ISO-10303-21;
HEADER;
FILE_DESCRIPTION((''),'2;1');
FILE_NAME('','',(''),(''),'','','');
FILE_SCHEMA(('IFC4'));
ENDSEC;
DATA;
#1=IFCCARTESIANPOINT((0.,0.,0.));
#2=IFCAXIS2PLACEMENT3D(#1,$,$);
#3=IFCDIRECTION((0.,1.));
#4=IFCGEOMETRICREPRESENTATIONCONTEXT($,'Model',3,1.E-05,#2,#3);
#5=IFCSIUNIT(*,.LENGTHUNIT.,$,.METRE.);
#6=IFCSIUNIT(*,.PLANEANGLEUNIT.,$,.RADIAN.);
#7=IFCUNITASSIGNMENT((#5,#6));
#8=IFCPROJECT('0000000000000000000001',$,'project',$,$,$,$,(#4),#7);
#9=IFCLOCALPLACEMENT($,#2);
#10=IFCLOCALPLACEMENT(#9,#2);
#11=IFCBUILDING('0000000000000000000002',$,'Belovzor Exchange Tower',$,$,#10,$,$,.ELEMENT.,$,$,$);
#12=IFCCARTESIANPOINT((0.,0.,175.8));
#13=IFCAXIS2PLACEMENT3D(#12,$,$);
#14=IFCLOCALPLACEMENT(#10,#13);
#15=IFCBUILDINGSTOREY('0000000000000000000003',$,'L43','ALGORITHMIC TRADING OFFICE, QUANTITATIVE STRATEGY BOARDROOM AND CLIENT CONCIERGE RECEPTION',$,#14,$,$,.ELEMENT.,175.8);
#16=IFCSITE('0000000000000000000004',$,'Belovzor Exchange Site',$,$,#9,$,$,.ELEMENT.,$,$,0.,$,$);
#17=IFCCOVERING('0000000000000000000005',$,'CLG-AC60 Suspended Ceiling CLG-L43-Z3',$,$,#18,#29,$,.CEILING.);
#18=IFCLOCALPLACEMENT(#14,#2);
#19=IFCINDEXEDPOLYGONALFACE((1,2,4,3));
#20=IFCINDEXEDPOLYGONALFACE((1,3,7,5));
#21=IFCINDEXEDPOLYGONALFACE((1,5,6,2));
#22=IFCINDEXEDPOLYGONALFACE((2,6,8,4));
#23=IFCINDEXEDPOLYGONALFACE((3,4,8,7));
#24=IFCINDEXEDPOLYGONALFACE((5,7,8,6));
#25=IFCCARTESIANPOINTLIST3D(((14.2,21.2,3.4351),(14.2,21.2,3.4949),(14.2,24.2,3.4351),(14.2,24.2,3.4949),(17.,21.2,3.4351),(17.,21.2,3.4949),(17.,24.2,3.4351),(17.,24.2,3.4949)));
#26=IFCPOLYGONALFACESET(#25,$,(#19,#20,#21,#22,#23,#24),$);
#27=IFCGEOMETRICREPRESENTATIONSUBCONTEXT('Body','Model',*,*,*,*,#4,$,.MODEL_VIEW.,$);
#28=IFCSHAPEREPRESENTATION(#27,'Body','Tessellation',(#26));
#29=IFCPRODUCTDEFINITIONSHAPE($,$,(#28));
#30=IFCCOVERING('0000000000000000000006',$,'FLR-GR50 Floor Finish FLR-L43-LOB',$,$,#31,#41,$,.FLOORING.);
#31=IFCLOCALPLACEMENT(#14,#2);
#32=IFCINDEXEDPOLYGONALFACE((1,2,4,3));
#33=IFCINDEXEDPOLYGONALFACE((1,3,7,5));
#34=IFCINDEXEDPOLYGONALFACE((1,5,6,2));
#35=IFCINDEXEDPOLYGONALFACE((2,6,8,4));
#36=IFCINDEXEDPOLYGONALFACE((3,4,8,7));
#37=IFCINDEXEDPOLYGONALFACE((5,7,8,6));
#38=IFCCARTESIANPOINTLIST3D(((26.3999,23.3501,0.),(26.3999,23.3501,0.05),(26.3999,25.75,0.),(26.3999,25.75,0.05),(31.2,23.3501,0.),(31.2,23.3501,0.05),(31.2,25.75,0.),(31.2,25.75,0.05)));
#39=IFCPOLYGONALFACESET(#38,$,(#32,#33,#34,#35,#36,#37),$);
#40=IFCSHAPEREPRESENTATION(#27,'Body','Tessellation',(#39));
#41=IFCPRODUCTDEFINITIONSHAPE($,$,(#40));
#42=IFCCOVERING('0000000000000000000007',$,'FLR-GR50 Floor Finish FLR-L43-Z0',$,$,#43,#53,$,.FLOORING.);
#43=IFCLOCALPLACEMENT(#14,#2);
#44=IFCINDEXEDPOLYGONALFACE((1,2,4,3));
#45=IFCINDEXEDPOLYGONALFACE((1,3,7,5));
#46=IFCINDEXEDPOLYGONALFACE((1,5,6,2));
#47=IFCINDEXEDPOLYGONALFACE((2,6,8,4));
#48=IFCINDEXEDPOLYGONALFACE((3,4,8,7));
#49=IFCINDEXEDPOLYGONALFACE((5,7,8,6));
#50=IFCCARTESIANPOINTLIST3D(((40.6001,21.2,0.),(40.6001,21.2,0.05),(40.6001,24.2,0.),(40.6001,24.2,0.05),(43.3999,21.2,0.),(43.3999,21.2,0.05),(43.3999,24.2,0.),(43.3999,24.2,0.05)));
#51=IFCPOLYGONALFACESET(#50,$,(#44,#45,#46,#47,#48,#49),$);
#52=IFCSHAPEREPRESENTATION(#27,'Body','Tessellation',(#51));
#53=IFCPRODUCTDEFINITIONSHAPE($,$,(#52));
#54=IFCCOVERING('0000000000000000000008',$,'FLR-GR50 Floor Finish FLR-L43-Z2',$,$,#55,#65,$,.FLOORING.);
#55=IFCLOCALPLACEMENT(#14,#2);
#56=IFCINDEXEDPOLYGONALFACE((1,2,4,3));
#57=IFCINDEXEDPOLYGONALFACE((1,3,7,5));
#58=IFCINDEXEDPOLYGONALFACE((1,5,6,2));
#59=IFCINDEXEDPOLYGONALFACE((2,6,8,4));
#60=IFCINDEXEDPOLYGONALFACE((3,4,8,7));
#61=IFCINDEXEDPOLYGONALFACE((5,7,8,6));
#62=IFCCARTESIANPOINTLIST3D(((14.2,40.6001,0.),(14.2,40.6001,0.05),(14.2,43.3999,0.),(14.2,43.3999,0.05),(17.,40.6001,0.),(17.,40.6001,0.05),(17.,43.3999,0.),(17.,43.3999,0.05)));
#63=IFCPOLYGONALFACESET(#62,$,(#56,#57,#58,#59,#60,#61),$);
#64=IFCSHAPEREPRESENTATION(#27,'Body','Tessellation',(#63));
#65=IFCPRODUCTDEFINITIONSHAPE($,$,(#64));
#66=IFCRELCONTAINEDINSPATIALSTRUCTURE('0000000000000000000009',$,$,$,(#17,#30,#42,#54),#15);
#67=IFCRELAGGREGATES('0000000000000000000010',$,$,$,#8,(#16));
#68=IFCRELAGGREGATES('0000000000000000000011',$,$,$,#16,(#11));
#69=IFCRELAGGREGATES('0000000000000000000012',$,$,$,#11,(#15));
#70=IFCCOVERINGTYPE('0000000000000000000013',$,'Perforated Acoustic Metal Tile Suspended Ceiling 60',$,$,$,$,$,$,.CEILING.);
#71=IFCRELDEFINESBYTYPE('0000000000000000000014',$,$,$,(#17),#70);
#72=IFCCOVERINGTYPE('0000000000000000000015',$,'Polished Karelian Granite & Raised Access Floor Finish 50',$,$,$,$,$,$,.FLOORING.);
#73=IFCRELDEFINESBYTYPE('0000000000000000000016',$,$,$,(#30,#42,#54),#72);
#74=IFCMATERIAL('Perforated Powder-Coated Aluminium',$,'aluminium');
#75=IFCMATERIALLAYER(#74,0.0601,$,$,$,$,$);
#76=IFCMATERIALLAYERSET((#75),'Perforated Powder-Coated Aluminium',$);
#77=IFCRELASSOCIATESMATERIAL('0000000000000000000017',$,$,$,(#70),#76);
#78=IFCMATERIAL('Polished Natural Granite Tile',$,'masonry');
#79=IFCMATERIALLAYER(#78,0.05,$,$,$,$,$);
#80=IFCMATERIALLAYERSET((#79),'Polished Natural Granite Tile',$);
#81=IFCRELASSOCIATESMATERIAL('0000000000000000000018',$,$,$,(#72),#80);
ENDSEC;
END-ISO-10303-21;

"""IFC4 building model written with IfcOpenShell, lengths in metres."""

from ifc_helpers import new_model, si_unit, direction, frame, origin, place, context, subcontext, project, spatial, polyline, outline, extrude, material, layer, layer_set, type_object, element, save


model = new_model("IFC4")

# Units and contexts
model_context = context("Model", 3, precision=1e-05, world=origin(), true_north=direction((0.0, 1.0)))
body_context = subcontext(model_context, "Body", "Model", "MODEL_VIEW")
ifc_project = project(units=[si_unit("LENGTHUNIT", "METRE"), si_unit("PLANEANGLEUNIT", "RADIAN")], contexts=[model_context])

# Site, building, storey
site_placement = place(None, origin())
site = spatial("IfcSite", under=ifc_project, at=site_placement, Name="Belovzor Exchange Site", CompositionType="ELEMENT", RefElevation=0.0)
building_placement = place(site_placement, origin())
building = spatial("IfcBuilding", under=site, at=building_placement, Name="Belovzor Exchange Tower", CompositionType="ELEMENT")
storey_placement = place(building_placement, frame((0.0, 0.0, 175.8)))
storey = spatial("IfcBuildingStorey", under=building, at=storey_placement, Name="L43", Description="ALGORITHMIC TRADING OFFICE, QUANTITATIVE STRATEGY BOARDROOM AND CLIENT CONCIERGE RECEPTION", CompositionType="ELEMENT", Elevation=175.8)

# Coverings
ifc_material_1 = material(Name="Perforated Powder-Coated Aluminium", Category="aluminium")
ifc_layer_1 = layer(ifc_material_1, 0.0601)
ifc_layer_set_1 = layer_set([ifc_layer_1], Name="Perforated Powder-Coated Aluminium")
covering_type_1 = type_object("IfcCoveringType", Name="Perforated Acoustic Metal Tile Suspended Ceiling 60", PredefinedType="CEILING", material=ifc_layer_set_1)
covering_1_placement = place(storey_placement, frame((0.0, 0.0, 3.4351)))
element("IfcCovering", 1, at=covering_1_placement, inside=storey, type_object=covering_type_1, Name="CLG-AC60 Suspended Ceiling CLG-L43-Z3", PredefinedType="CEILING", context=body_context, shape_type="SweptSolid", body=[
    extrude(outline(polyline([(14.2, 21.2), (17.0, 21.2), (17.0, 24.2), (14.2, 24.2), (14.2, 21.2)])), origin(), (0.0, 0.0, 1.0), 0.0598),
])
ifc_material_2 = material(Name="Polished Natural Granite Tile", Category="masonry")
ifc_layer_2 = layer(ifc_material_2, 0.05)
ifc_layer_set_2 = layer_set([ifc_layer_2], Name="Polished Natural Granite Tile")
covering_type_2 = type_object("IfcCoveringType", Name="Polished Karelian Granite & Raised Access Floor Finish 50", PredefinedType="FLOORING", material=ifc_layer_set_2)
covering_2_placement = place(storey_placement, origin())
element("IfcCovering", 2, at=covering_2_placement, inside=storey, type_object=covering_type_2, Name="FLR-GR50 Floor Finish FLR-L43-LOB", PredefinedType="FLOORING", context=body_context, shape_type="SweptSolid", body=[
    extrude(outline(polyline([(26.3999, 23.3501), (31.2, 23.3501), (31.2, 25.75), (26.3999, 25.75), (26.3999, 23.3501)])), origin(), (0.0, 0.0, 1.0), 0.05),
])
covering_3_placement = place(storey_placement, origin())
element("IfcCovering", 3, at=covering_3_placement, inside=storey, type_object=covering_type_2, Name="FLR-GR50 Floor Finish FLR-L43-Z0", PredefinedType="FLOORING", context=body_context, shape_type="SweptSolid", body=[
    extrude(outline(polyline([(40.6001, 21.2), (43.3999, 21.2), (43.3999, 24.2), (40.6001, 24.2), (40.6001, 21.2)])), origin(), (0.0, 0.0, 1.0), 0.05),
])
covering_4_placement = place(storey_placement, origin())
element("IfcCovering", 4, at=covering_4_placement, inside=storey, type_object=covering_type_2, Name="FLR-GR50 Floor Finish FLR-L43-Z2", PredefinedType="FLOORING", context=body_context, shape_type="SweptSolid", body=[
    extrude(outline(polyline([(14.2, 40.6001), (17.0, 40.6001), (17.0, 43.3999), (14.2, 43.3999), (14.2, 40.6001)])), origin(), (0.0, 0.0, 1.0), 0.05),
])

save(model, "model.ifc")
